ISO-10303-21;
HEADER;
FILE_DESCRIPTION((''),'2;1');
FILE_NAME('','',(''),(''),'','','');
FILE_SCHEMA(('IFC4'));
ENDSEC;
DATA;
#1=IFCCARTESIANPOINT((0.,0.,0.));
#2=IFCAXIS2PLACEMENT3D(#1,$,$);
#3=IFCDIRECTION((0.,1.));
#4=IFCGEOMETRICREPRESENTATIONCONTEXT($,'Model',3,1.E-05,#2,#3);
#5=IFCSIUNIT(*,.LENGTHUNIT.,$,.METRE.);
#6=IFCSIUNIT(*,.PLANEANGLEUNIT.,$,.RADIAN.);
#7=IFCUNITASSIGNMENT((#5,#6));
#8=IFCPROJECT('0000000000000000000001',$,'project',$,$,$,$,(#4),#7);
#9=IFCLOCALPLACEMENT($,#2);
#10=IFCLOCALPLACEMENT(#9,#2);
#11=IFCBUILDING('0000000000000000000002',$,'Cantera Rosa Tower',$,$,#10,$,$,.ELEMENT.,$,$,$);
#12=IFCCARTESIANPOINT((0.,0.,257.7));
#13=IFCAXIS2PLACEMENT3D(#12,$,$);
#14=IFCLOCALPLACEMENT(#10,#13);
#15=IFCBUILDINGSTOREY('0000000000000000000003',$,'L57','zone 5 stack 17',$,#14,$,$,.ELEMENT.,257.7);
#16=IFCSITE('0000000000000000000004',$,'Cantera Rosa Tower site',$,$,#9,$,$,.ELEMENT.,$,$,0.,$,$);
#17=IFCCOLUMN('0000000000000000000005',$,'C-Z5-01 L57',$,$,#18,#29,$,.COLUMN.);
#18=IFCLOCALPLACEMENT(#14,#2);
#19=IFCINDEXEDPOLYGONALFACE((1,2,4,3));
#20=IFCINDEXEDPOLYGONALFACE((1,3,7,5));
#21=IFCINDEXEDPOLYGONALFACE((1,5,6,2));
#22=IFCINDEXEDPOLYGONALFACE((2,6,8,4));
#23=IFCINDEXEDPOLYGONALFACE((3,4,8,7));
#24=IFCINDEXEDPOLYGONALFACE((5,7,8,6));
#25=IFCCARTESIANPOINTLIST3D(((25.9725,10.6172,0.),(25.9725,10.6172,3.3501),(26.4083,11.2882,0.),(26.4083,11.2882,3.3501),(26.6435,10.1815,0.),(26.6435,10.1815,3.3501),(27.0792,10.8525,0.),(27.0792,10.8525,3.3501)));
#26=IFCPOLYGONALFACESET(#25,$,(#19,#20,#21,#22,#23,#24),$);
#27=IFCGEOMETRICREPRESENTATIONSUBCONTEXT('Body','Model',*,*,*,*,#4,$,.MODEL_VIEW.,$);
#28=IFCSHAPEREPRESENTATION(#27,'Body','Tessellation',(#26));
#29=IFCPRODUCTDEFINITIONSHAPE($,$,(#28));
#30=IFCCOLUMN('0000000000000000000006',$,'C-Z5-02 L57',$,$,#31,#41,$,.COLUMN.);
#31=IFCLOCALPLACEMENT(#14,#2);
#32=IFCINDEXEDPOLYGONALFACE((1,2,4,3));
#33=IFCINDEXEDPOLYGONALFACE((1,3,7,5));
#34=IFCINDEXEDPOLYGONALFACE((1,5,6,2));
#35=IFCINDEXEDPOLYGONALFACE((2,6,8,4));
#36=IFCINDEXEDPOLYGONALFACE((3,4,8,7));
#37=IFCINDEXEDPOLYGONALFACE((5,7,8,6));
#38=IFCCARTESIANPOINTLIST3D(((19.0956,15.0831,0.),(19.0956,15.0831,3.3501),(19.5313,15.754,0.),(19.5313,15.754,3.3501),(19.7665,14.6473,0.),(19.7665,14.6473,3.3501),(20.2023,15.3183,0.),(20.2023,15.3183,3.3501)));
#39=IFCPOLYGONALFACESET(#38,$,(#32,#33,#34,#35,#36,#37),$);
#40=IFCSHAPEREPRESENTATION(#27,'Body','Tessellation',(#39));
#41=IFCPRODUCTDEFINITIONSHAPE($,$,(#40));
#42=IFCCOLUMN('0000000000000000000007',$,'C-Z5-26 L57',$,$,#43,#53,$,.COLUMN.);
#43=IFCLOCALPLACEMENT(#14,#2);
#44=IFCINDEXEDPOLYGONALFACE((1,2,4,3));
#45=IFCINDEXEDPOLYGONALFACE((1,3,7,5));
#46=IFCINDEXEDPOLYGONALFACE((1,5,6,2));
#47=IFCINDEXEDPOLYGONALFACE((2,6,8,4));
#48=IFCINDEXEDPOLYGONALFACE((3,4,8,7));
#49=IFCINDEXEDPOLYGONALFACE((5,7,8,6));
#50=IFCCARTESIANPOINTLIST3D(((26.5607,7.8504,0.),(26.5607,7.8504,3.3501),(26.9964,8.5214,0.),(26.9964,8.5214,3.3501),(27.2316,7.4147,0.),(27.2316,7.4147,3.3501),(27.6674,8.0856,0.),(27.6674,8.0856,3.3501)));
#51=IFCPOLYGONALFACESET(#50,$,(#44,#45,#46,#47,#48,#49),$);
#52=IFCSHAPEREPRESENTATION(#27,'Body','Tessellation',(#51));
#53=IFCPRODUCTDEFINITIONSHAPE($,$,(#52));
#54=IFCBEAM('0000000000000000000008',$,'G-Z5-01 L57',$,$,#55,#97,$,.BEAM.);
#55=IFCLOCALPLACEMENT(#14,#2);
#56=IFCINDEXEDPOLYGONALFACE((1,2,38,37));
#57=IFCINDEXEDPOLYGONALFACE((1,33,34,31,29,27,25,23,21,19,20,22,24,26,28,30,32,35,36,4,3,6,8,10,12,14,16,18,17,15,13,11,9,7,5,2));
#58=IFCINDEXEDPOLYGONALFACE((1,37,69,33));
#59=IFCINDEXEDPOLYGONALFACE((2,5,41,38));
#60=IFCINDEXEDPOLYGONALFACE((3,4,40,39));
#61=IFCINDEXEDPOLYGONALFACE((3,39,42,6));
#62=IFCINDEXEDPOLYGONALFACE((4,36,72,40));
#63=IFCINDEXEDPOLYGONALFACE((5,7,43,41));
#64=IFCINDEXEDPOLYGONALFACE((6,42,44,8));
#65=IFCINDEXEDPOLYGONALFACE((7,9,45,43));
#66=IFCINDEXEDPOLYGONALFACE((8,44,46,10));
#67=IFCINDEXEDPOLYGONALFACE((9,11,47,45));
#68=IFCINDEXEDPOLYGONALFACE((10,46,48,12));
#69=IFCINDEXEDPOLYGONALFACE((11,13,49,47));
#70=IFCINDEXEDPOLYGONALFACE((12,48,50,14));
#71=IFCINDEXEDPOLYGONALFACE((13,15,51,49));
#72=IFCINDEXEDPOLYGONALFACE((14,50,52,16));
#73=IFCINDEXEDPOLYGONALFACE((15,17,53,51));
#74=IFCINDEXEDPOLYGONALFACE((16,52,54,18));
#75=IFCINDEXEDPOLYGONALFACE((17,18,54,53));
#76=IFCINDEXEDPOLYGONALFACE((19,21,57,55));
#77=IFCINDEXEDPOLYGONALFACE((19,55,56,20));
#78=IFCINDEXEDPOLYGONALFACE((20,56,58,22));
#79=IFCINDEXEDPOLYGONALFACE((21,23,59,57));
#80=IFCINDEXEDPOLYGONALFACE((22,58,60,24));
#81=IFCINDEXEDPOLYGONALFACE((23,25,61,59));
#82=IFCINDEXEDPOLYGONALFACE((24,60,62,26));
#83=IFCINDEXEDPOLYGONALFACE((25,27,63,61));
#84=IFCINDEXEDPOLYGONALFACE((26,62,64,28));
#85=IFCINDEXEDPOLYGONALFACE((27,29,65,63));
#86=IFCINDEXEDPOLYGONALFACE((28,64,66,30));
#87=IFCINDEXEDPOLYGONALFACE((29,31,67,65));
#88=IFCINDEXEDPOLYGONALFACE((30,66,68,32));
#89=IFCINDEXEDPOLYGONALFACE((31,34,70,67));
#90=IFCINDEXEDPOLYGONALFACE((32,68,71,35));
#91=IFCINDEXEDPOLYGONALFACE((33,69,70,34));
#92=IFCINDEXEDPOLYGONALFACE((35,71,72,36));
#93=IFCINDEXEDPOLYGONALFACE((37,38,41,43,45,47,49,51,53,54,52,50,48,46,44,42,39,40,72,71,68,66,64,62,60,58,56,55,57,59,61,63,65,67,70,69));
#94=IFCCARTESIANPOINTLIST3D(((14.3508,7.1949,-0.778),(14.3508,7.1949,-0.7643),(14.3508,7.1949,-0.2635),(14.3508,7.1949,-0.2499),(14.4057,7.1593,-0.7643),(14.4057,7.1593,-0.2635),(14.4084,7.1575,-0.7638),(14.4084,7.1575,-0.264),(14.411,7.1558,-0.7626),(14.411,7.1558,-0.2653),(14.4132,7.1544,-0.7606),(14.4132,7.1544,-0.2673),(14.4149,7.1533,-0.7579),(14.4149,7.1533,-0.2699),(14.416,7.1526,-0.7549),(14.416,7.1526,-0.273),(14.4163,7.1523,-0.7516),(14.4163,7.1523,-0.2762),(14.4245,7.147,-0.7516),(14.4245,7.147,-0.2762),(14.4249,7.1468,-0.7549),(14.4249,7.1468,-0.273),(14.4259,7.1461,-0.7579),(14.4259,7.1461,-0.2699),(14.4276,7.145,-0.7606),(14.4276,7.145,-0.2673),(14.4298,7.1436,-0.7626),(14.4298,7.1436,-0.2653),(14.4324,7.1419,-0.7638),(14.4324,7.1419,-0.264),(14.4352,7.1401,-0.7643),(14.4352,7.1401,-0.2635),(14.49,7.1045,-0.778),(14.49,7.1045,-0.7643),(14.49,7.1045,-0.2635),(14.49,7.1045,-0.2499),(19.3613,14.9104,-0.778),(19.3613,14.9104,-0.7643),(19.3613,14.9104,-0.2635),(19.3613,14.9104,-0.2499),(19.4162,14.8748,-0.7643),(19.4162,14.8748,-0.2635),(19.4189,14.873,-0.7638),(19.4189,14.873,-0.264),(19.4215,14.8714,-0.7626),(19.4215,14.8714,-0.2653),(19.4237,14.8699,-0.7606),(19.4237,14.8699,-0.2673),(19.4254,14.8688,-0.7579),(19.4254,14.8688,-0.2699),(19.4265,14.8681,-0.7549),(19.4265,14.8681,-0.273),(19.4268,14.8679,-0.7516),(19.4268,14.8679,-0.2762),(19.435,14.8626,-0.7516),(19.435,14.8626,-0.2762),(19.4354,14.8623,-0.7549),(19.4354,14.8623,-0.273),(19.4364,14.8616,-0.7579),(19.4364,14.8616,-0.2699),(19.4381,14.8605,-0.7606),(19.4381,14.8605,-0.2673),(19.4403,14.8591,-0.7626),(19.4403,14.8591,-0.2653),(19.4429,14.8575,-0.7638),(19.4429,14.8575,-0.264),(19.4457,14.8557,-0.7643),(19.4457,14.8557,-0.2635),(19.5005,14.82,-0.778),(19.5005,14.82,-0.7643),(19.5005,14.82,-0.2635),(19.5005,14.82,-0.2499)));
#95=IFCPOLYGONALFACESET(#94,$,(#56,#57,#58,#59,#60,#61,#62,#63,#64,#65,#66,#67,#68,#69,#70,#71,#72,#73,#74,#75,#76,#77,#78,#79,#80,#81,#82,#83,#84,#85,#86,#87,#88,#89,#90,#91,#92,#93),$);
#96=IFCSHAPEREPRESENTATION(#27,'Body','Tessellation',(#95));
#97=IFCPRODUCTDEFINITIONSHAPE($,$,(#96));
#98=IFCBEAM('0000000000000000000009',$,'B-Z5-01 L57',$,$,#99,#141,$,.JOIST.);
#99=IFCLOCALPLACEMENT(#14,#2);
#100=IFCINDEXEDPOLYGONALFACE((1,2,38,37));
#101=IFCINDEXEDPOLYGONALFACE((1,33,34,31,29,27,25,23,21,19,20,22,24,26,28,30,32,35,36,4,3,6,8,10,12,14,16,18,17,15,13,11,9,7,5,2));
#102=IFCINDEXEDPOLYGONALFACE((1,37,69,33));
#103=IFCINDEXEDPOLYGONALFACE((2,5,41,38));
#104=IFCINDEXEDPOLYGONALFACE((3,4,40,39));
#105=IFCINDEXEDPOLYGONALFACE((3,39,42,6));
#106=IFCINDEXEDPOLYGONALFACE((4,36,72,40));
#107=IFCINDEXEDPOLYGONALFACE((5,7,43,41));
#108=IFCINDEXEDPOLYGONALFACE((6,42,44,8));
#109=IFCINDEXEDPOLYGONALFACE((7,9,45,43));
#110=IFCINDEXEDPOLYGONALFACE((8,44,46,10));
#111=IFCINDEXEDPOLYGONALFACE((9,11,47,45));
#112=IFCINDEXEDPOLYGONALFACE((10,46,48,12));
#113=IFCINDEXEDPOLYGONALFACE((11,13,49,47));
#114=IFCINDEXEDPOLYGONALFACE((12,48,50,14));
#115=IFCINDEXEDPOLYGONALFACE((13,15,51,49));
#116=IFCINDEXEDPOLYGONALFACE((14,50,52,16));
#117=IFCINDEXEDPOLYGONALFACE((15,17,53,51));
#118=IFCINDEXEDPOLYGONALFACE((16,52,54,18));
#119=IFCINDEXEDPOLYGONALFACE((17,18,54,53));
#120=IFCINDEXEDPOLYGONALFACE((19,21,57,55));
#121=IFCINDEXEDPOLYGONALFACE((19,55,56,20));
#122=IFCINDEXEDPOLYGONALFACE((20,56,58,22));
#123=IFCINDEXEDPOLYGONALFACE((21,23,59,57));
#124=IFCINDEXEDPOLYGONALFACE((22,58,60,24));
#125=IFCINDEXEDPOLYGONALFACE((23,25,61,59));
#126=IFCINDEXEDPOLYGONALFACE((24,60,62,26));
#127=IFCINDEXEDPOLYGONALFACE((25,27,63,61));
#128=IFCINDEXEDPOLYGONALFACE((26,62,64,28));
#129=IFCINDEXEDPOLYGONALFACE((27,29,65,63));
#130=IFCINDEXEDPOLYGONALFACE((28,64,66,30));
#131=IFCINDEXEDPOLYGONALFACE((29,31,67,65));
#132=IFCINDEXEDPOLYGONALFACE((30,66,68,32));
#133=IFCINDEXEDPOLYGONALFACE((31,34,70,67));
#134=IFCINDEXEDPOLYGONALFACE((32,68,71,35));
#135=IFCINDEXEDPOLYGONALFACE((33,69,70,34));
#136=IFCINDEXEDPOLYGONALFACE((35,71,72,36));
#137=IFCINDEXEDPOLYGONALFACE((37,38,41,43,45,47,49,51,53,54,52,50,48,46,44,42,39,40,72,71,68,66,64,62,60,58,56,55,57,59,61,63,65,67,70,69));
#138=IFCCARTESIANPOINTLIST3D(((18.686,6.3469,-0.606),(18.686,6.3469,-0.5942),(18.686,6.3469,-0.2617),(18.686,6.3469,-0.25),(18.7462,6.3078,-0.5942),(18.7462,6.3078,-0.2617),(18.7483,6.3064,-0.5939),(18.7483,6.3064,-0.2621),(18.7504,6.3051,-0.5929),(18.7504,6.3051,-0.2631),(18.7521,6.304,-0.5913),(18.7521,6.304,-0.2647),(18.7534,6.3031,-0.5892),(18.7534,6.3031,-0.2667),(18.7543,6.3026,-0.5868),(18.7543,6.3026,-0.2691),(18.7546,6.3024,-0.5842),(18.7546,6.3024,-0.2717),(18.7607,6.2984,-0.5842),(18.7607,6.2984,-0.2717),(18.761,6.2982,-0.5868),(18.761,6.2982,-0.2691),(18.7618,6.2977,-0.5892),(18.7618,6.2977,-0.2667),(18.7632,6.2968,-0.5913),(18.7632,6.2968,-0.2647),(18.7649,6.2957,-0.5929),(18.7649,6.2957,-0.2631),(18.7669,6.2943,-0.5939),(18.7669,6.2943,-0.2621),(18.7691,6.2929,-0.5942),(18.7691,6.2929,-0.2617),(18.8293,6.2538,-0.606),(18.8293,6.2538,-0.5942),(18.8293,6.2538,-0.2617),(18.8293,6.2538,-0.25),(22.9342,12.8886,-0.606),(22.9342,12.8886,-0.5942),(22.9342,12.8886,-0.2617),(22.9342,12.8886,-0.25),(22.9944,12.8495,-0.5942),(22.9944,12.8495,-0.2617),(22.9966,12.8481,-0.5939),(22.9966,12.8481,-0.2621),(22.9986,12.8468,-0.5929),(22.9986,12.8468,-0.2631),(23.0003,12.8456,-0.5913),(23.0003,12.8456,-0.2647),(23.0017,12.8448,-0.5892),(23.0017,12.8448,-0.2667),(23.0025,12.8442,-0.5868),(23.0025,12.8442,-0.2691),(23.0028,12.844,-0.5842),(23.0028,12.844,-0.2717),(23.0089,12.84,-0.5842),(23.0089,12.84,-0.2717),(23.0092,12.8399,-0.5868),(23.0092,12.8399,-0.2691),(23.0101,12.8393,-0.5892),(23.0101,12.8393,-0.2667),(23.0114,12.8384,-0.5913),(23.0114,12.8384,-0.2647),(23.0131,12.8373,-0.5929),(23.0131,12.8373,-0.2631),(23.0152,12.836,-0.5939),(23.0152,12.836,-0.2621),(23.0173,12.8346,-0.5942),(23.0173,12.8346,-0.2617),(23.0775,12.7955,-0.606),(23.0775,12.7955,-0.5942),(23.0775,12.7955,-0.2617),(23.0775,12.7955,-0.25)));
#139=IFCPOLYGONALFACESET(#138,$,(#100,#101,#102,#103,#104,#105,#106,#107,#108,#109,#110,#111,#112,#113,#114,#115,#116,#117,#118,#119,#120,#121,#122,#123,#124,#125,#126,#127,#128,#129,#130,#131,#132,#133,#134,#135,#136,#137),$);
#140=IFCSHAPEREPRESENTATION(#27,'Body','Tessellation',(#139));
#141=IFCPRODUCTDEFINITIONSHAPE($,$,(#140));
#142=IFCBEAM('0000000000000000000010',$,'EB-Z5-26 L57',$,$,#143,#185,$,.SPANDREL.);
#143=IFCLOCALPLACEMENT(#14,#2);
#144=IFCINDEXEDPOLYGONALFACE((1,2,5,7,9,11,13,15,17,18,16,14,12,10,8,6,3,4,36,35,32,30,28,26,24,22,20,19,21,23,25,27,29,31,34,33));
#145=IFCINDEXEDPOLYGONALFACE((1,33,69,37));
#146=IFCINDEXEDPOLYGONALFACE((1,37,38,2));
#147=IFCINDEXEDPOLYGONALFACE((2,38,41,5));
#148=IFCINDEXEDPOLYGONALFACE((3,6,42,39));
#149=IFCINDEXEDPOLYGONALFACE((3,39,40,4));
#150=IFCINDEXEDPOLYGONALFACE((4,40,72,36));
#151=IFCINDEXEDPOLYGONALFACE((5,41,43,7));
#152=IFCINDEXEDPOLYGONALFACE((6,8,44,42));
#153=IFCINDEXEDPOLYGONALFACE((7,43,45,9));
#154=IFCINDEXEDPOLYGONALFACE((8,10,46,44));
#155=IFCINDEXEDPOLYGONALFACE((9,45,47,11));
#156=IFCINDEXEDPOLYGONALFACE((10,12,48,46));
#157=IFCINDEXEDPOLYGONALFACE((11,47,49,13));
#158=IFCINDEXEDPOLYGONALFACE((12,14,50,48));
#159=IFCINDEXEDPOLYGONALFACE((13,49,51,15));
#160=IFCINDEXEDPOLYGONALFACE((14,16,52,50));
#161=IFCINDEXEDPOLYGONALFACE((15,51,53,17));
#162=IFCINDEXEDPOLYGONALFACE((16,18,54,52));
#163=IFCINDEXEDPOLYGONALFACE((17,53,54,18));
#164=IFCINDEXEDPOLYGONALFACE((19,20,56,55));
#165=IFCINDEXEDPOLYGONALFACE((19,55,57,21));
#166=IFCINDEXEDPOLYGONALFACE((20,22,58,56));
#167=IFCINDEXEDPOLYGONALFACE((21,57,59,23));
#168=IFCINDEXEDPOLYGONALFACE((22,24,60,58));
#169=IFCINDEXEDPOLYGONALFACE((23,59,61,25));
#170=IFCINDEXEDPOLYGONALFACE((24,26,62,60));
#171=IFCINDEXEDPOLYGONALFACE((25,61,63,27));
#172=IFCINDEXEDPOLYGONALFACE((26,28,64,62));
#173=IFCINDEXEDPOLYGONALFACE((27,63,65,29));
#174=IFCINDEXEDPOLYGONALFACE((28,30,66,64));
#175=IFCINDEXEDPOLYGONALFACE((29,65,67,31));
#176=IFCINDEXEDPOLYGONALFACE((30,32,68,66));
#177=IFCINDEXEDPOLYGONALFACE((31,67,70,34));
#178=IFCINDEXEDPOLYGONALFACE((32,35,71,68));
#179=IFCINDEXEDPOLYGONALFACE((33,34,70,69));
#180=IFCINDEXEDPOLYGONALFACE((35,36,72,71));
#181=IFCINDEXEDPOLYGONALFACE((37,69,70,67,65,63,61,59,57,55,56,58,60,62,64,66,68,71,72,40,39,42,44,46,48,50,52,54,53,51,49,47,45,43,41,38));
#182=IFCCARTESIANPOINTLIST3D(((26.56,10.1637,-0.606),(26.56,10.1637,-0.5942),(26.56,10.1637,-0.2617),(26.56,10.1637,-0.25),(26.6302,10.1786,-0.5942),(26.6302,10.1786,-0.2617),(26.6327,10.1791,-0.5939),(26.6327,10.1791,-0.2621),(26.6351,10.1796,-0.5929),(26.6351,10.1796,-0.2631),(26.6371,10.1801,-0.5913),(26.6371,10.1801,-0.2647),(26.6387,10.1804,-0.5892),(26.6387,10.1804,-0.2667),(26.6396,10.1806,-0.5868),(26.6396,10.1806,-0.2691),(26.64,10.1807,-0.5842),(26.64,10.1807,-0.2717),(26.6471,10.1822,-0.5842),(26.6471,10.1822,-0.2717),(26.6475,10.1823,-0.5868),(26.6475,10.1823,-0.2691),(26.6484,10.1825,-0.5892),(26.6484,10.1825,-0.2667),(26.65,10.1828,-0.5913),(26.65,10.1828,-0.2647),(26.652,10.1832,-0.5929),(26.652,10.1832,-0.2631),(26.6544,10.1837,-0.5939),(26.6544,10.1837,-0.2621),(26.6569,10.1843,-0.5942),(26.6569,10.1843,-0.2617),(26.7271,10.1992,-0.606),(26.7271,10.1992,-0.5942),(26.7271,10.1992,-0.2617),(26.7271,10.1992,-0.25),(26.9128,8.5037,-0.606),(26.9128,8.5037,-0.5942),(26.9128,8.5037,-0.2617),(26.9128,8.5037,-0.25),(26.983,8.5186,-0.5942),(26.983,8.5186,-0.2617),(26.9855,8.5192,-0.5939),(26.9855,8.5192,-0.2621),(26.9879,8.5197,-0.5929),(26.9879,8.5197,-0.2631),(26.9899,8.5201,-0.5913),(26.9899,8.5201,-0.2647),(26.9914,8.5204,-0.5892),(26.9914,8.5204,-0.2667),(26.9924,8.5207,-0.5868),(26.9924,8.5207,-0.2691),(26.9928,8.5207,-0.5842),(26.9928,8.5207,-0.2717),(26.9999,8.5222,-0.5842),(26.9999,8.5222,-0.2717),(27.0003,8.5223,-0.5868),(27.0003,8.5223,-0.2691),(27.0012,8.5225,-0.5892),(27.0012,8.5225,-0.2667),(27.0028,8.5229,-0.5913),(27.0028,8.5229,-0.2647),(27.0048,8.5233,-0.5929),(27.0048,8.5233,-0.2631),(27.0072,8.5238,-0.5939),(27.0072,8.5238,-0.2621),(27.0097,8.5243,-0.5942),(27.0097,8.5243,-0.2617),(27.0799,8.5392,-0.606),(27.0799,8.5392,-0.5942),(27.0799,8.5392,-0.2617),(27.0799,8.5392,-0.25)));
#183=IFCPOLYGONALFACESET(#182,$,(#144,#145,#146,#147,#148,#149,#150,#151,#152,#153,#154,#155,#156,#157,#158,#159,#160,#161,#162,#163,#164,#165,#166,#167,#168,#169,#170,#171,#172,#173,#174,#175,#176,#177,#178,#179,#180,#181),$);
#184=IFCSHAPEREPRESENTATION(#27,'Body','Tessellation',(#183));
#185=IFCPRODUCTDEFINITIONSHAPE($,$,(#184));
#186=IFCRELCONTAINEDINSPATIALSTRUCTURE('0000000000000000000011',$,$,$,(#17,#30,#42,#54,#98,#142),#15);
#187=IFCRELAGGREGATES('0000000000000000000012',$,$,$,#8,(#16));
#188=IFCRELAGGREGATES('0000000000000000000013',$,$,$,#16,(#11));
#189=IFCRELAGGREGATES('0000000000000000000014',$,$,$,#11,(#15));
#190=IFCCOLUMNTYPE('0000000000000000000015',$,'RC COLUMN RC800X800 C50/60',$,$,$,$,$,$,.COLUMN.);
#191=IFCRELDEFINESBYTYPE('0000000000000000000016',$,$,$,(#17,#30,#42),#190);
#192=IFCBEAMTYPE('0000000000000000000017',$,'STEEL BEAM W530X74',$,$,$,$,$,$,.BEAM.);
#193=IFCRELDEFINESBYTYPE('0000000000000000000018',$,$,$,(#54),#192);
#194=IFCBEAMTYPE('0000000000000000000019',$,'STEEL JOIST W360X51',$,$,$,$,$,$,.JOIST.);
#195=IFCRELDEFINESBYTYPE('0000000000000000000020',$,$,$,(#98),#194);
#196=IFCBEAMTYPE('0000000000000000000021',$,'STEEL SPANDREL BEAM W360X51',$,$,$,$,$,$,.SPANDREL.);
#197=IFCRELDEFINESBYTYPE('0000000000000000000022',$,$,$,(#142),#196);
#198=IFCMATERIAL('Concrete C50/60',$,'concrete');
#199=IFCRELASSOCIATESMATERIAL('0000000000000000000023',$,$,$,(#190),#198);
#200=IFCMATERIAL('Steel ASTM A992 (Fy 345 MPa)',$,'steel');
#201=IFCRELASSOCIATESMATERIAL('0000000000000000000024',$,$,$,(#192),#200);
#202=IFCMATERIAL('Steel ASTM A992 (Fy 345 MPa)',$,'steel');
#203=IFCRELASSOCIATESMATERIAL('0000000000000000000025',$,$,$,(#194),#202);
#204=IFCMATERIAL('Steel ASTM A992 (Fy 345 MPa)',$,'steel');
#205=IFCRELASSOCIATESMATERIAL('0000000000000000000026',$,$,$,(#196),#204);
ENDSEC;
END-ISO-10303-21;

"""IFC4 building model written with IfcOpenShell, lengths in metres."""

from ifc_helpers import new_model, si_unit, direction, frame, origin, origin_2d, place, context, subcontext, project, spatial, rectangle, i_section, extrude, material, material_profile, profile_set, type_object, element, save


model = new_model("IFC4")

# Units and contexts
model_context = context("Model", 3, precision=1e-05, world=origin(), true_north=direction((0.0, 1.0)))
body_context = subcontext(model_context, "Body", "Model", "MODEL_VIEW")
ifc_project = project(units=[si_unit("LENGTHUNIT", "METRE"), si_unit("PLANEANGLEUNIT", "RADIAN")], contexts=[model_context])

# Site, building, storey
site_placement = place(None, origin())
site = spatial("IfcSite", under=ifc_project, at=site_placement, Name="Cantera Rosa Tower site", CompositionType="ELEMENT", RefElevation=0.0)
building_placement = place(site_placement, origin())
building = spatial("IfcBuilding", under=site, at=building_placement, Name="Cantera Rosa Tower", CompositionType="ELEMENT")
storey_placement = place(building_placement, frame((0.0, 0.0, 257.7)))
storey = spatial("IfcBuildingStorey", under=building, at=storey_placement, Name="L57", Description="zone 5 stack 17", CompositionType="ELEMENT", Elevation=257.7)

# Columns
ifc_material_1 = material(Name="Concrete C50/60", Category="concrete")
ifc_material_profile_1 = material_profile(ifc_material_1, rectangle(XDim=0.8, YDim=0.8, at=origin_2d()), Name="RC COLUMN RC800X800 C50/60")
ifc_profile_set_1 = profile_set([ifc_material_profile_1], Name="Concrete C50/60")
column_type = type_object("IfcColumnType", Name="RC COLUMN RC800X800 C50/60", PredefinedType="COLUMN", material=ifc_profile_set_1)
for number, where, z_axis, x_axis, name in (
    (1, (26.5259, 10.7349, 0.0), (0.0, 0.0, 1.0), (0.544639, 0.838671, 0.0), "C-Z5-01 L57"),
    (2, (19.6489, 15.2007, 0.0), (0.0, 0.0, 1.0), (0.544639, 0.838671, 0.0), "C-Z5-02 L57"),
    (3, (27.114, 7.968, 0.0), (0.0, 0.0, 1.0), (0.544639, 0.838671, 0.0), "C-Z5-26 L57"),
):
    element("IfcColumn", number, at=place(storey_placement, frame(where, z_axis=z_axis, x_axis=x_axis)), inside=storey, type_object=column_type, Name=name, PredefinedType="COLUMN", context=body_context, shape_type="SweptSolid", body=[
        extrude(rectangle(XDim=0.8, YDim=0.8, at=origin_2d()), origin(), (0.0, 0.0, 1.0), 3.3501),
    ])

# Beams
ifc_material_2 = material(Name="Steel ASTM A992 (Fy 345 MPa)", Category="steel")
ifc_material_profile_2 = material_profile(ifc_material_2, i_section(OverallWidth=0.166, OverallDepth=0.5281, WebThickness=0.0098, FlangeThickness=0.0137, FilletRadius=0.0127, at=origin_2d()), Name="W530X74")
ifc_profile_set_2 = profile_set([ifc_material_profile_2], Name="Steel ASTM A992 (Fy 345 MPa)")
beam_type_1 = type_object("IfcBeamType", Name="STEEL BEAM W530X74", PredefinedType="BEAM", material=ifc_profile_set_2)
beam_1_placement = place(storey_placement, frame((19.4309, 14.8652, -0.5139), z_axis=(-0.544635, -0.838673, 0.0), x_axis=(0.838673, -0.544635, 0.0)))
element("IfcBeam", 4, at=beam_1_placement, inside=storey, type_object=beam_type_1, Name="G-Z5-01 L57", PredefinedType="BEAM", context=body_context, shape_type="SweptSolid", body=[
    extrude(i_section(OverallWidth=0.166, OverallDepth=0.5281, WebThickness=0.0098, FlangeThickness=0.0137, FilletRadius=0.0127, at=origin_2d()), origin(), (0.0, 0.0, 1.0), 9.1997),
])
ifc_material_3 = material(Name="Steel ASTM A992 (Fy 345 MPa)", Category="steel")
ifc_material_profile_3 = material_profile(ifc_material_3, i_section(OverallWidth=0.1709, OverallDepth=0.356, WebThickness=0.0073, FlangeThickness=0.0117, FilletRadius=0.01, at=origin_2d()), Name="W360X51")
ifc_profile_set_3 = profile_set([ifc_material_profile_3], Name="Steel ASTM A992 (Fy 345 MPa)")
beam_type_2 = type_object("IfcBeamType", Name="STEEL JOIST W360X51", PredefinedType="JOIST", material=ifc_profile_set_3)
beam_2_placement = place(storey_placement, frame((23.0059, 12.842, -0.428), z_axis=(-0.544642, -0.838669, 0.0), x_axis=(0.838669, -0.544642, 0.0)))
element("IfcBeam", 5, at=beam_2_placement, inside=storey, type_object=beam_type_2, Name="B-Z5-01 L57", PredefinedType="JOIST", context=body_context, shape_type="SweptSolid", body=[
    extrude(i_section(OverallWidth=0.1709, OverallDepth=0.356, WebThickness=0.0073, FlangeThickness=0.0117, FilletRadius=0.01, at=origin_2d()), origin(), (0.0, 0.0, 1.0), 7.8),
])
ifc_material_4 = material(Name="Steel ASTM A992 (Fy 345 MPa)", Category="steel")
ifc_material_profile_4 = material_profile(ifc_material_4, i_section(OverallWidth=0.1709, OverallDepth=0.356, WebThickness=0.0073, FlangeThickness=0.0117, FilletRadius=0.01, at=origin_2d()), Name="W360X51")
ifc_profile_set_4 = profile_set([ifc_material_profile_4], Name="Steel ASTM A992 (Fy 345 MPa)")
beam_type_3 = type_object("IfcBeamType", Name="STEEL SPANDREL BEAM W360X51", PredefinedType="SPANDREL", material=ifc_profile_set_4)
beam_3_placement = place(storey_placement, frame((26.9963, 8.5215, -0.428), z_axis=(-0.207888, 0.978153, 0.0), x_axis=(-0.978153, -0.207888, 0.0)))
element("IfcBeam", 6, at=beam_3_placement, inside=storey, type_object=beam_type_3, Name="EB-Z5-26 L57", PredefinedType="SPANDREL", context=body_context, shape_type="SweptSolid", body=[
    extrude(i_section(OverallWidth=0.1709, OverallDepth=0.356, WebThickness=0.0073, FlangeThickness=0.0117, FilletRadius=0.01, at=origin_2d()), origin(), (0.0, 0.0, 1.0), 1.697),
])

save(model, "model.ifc")
